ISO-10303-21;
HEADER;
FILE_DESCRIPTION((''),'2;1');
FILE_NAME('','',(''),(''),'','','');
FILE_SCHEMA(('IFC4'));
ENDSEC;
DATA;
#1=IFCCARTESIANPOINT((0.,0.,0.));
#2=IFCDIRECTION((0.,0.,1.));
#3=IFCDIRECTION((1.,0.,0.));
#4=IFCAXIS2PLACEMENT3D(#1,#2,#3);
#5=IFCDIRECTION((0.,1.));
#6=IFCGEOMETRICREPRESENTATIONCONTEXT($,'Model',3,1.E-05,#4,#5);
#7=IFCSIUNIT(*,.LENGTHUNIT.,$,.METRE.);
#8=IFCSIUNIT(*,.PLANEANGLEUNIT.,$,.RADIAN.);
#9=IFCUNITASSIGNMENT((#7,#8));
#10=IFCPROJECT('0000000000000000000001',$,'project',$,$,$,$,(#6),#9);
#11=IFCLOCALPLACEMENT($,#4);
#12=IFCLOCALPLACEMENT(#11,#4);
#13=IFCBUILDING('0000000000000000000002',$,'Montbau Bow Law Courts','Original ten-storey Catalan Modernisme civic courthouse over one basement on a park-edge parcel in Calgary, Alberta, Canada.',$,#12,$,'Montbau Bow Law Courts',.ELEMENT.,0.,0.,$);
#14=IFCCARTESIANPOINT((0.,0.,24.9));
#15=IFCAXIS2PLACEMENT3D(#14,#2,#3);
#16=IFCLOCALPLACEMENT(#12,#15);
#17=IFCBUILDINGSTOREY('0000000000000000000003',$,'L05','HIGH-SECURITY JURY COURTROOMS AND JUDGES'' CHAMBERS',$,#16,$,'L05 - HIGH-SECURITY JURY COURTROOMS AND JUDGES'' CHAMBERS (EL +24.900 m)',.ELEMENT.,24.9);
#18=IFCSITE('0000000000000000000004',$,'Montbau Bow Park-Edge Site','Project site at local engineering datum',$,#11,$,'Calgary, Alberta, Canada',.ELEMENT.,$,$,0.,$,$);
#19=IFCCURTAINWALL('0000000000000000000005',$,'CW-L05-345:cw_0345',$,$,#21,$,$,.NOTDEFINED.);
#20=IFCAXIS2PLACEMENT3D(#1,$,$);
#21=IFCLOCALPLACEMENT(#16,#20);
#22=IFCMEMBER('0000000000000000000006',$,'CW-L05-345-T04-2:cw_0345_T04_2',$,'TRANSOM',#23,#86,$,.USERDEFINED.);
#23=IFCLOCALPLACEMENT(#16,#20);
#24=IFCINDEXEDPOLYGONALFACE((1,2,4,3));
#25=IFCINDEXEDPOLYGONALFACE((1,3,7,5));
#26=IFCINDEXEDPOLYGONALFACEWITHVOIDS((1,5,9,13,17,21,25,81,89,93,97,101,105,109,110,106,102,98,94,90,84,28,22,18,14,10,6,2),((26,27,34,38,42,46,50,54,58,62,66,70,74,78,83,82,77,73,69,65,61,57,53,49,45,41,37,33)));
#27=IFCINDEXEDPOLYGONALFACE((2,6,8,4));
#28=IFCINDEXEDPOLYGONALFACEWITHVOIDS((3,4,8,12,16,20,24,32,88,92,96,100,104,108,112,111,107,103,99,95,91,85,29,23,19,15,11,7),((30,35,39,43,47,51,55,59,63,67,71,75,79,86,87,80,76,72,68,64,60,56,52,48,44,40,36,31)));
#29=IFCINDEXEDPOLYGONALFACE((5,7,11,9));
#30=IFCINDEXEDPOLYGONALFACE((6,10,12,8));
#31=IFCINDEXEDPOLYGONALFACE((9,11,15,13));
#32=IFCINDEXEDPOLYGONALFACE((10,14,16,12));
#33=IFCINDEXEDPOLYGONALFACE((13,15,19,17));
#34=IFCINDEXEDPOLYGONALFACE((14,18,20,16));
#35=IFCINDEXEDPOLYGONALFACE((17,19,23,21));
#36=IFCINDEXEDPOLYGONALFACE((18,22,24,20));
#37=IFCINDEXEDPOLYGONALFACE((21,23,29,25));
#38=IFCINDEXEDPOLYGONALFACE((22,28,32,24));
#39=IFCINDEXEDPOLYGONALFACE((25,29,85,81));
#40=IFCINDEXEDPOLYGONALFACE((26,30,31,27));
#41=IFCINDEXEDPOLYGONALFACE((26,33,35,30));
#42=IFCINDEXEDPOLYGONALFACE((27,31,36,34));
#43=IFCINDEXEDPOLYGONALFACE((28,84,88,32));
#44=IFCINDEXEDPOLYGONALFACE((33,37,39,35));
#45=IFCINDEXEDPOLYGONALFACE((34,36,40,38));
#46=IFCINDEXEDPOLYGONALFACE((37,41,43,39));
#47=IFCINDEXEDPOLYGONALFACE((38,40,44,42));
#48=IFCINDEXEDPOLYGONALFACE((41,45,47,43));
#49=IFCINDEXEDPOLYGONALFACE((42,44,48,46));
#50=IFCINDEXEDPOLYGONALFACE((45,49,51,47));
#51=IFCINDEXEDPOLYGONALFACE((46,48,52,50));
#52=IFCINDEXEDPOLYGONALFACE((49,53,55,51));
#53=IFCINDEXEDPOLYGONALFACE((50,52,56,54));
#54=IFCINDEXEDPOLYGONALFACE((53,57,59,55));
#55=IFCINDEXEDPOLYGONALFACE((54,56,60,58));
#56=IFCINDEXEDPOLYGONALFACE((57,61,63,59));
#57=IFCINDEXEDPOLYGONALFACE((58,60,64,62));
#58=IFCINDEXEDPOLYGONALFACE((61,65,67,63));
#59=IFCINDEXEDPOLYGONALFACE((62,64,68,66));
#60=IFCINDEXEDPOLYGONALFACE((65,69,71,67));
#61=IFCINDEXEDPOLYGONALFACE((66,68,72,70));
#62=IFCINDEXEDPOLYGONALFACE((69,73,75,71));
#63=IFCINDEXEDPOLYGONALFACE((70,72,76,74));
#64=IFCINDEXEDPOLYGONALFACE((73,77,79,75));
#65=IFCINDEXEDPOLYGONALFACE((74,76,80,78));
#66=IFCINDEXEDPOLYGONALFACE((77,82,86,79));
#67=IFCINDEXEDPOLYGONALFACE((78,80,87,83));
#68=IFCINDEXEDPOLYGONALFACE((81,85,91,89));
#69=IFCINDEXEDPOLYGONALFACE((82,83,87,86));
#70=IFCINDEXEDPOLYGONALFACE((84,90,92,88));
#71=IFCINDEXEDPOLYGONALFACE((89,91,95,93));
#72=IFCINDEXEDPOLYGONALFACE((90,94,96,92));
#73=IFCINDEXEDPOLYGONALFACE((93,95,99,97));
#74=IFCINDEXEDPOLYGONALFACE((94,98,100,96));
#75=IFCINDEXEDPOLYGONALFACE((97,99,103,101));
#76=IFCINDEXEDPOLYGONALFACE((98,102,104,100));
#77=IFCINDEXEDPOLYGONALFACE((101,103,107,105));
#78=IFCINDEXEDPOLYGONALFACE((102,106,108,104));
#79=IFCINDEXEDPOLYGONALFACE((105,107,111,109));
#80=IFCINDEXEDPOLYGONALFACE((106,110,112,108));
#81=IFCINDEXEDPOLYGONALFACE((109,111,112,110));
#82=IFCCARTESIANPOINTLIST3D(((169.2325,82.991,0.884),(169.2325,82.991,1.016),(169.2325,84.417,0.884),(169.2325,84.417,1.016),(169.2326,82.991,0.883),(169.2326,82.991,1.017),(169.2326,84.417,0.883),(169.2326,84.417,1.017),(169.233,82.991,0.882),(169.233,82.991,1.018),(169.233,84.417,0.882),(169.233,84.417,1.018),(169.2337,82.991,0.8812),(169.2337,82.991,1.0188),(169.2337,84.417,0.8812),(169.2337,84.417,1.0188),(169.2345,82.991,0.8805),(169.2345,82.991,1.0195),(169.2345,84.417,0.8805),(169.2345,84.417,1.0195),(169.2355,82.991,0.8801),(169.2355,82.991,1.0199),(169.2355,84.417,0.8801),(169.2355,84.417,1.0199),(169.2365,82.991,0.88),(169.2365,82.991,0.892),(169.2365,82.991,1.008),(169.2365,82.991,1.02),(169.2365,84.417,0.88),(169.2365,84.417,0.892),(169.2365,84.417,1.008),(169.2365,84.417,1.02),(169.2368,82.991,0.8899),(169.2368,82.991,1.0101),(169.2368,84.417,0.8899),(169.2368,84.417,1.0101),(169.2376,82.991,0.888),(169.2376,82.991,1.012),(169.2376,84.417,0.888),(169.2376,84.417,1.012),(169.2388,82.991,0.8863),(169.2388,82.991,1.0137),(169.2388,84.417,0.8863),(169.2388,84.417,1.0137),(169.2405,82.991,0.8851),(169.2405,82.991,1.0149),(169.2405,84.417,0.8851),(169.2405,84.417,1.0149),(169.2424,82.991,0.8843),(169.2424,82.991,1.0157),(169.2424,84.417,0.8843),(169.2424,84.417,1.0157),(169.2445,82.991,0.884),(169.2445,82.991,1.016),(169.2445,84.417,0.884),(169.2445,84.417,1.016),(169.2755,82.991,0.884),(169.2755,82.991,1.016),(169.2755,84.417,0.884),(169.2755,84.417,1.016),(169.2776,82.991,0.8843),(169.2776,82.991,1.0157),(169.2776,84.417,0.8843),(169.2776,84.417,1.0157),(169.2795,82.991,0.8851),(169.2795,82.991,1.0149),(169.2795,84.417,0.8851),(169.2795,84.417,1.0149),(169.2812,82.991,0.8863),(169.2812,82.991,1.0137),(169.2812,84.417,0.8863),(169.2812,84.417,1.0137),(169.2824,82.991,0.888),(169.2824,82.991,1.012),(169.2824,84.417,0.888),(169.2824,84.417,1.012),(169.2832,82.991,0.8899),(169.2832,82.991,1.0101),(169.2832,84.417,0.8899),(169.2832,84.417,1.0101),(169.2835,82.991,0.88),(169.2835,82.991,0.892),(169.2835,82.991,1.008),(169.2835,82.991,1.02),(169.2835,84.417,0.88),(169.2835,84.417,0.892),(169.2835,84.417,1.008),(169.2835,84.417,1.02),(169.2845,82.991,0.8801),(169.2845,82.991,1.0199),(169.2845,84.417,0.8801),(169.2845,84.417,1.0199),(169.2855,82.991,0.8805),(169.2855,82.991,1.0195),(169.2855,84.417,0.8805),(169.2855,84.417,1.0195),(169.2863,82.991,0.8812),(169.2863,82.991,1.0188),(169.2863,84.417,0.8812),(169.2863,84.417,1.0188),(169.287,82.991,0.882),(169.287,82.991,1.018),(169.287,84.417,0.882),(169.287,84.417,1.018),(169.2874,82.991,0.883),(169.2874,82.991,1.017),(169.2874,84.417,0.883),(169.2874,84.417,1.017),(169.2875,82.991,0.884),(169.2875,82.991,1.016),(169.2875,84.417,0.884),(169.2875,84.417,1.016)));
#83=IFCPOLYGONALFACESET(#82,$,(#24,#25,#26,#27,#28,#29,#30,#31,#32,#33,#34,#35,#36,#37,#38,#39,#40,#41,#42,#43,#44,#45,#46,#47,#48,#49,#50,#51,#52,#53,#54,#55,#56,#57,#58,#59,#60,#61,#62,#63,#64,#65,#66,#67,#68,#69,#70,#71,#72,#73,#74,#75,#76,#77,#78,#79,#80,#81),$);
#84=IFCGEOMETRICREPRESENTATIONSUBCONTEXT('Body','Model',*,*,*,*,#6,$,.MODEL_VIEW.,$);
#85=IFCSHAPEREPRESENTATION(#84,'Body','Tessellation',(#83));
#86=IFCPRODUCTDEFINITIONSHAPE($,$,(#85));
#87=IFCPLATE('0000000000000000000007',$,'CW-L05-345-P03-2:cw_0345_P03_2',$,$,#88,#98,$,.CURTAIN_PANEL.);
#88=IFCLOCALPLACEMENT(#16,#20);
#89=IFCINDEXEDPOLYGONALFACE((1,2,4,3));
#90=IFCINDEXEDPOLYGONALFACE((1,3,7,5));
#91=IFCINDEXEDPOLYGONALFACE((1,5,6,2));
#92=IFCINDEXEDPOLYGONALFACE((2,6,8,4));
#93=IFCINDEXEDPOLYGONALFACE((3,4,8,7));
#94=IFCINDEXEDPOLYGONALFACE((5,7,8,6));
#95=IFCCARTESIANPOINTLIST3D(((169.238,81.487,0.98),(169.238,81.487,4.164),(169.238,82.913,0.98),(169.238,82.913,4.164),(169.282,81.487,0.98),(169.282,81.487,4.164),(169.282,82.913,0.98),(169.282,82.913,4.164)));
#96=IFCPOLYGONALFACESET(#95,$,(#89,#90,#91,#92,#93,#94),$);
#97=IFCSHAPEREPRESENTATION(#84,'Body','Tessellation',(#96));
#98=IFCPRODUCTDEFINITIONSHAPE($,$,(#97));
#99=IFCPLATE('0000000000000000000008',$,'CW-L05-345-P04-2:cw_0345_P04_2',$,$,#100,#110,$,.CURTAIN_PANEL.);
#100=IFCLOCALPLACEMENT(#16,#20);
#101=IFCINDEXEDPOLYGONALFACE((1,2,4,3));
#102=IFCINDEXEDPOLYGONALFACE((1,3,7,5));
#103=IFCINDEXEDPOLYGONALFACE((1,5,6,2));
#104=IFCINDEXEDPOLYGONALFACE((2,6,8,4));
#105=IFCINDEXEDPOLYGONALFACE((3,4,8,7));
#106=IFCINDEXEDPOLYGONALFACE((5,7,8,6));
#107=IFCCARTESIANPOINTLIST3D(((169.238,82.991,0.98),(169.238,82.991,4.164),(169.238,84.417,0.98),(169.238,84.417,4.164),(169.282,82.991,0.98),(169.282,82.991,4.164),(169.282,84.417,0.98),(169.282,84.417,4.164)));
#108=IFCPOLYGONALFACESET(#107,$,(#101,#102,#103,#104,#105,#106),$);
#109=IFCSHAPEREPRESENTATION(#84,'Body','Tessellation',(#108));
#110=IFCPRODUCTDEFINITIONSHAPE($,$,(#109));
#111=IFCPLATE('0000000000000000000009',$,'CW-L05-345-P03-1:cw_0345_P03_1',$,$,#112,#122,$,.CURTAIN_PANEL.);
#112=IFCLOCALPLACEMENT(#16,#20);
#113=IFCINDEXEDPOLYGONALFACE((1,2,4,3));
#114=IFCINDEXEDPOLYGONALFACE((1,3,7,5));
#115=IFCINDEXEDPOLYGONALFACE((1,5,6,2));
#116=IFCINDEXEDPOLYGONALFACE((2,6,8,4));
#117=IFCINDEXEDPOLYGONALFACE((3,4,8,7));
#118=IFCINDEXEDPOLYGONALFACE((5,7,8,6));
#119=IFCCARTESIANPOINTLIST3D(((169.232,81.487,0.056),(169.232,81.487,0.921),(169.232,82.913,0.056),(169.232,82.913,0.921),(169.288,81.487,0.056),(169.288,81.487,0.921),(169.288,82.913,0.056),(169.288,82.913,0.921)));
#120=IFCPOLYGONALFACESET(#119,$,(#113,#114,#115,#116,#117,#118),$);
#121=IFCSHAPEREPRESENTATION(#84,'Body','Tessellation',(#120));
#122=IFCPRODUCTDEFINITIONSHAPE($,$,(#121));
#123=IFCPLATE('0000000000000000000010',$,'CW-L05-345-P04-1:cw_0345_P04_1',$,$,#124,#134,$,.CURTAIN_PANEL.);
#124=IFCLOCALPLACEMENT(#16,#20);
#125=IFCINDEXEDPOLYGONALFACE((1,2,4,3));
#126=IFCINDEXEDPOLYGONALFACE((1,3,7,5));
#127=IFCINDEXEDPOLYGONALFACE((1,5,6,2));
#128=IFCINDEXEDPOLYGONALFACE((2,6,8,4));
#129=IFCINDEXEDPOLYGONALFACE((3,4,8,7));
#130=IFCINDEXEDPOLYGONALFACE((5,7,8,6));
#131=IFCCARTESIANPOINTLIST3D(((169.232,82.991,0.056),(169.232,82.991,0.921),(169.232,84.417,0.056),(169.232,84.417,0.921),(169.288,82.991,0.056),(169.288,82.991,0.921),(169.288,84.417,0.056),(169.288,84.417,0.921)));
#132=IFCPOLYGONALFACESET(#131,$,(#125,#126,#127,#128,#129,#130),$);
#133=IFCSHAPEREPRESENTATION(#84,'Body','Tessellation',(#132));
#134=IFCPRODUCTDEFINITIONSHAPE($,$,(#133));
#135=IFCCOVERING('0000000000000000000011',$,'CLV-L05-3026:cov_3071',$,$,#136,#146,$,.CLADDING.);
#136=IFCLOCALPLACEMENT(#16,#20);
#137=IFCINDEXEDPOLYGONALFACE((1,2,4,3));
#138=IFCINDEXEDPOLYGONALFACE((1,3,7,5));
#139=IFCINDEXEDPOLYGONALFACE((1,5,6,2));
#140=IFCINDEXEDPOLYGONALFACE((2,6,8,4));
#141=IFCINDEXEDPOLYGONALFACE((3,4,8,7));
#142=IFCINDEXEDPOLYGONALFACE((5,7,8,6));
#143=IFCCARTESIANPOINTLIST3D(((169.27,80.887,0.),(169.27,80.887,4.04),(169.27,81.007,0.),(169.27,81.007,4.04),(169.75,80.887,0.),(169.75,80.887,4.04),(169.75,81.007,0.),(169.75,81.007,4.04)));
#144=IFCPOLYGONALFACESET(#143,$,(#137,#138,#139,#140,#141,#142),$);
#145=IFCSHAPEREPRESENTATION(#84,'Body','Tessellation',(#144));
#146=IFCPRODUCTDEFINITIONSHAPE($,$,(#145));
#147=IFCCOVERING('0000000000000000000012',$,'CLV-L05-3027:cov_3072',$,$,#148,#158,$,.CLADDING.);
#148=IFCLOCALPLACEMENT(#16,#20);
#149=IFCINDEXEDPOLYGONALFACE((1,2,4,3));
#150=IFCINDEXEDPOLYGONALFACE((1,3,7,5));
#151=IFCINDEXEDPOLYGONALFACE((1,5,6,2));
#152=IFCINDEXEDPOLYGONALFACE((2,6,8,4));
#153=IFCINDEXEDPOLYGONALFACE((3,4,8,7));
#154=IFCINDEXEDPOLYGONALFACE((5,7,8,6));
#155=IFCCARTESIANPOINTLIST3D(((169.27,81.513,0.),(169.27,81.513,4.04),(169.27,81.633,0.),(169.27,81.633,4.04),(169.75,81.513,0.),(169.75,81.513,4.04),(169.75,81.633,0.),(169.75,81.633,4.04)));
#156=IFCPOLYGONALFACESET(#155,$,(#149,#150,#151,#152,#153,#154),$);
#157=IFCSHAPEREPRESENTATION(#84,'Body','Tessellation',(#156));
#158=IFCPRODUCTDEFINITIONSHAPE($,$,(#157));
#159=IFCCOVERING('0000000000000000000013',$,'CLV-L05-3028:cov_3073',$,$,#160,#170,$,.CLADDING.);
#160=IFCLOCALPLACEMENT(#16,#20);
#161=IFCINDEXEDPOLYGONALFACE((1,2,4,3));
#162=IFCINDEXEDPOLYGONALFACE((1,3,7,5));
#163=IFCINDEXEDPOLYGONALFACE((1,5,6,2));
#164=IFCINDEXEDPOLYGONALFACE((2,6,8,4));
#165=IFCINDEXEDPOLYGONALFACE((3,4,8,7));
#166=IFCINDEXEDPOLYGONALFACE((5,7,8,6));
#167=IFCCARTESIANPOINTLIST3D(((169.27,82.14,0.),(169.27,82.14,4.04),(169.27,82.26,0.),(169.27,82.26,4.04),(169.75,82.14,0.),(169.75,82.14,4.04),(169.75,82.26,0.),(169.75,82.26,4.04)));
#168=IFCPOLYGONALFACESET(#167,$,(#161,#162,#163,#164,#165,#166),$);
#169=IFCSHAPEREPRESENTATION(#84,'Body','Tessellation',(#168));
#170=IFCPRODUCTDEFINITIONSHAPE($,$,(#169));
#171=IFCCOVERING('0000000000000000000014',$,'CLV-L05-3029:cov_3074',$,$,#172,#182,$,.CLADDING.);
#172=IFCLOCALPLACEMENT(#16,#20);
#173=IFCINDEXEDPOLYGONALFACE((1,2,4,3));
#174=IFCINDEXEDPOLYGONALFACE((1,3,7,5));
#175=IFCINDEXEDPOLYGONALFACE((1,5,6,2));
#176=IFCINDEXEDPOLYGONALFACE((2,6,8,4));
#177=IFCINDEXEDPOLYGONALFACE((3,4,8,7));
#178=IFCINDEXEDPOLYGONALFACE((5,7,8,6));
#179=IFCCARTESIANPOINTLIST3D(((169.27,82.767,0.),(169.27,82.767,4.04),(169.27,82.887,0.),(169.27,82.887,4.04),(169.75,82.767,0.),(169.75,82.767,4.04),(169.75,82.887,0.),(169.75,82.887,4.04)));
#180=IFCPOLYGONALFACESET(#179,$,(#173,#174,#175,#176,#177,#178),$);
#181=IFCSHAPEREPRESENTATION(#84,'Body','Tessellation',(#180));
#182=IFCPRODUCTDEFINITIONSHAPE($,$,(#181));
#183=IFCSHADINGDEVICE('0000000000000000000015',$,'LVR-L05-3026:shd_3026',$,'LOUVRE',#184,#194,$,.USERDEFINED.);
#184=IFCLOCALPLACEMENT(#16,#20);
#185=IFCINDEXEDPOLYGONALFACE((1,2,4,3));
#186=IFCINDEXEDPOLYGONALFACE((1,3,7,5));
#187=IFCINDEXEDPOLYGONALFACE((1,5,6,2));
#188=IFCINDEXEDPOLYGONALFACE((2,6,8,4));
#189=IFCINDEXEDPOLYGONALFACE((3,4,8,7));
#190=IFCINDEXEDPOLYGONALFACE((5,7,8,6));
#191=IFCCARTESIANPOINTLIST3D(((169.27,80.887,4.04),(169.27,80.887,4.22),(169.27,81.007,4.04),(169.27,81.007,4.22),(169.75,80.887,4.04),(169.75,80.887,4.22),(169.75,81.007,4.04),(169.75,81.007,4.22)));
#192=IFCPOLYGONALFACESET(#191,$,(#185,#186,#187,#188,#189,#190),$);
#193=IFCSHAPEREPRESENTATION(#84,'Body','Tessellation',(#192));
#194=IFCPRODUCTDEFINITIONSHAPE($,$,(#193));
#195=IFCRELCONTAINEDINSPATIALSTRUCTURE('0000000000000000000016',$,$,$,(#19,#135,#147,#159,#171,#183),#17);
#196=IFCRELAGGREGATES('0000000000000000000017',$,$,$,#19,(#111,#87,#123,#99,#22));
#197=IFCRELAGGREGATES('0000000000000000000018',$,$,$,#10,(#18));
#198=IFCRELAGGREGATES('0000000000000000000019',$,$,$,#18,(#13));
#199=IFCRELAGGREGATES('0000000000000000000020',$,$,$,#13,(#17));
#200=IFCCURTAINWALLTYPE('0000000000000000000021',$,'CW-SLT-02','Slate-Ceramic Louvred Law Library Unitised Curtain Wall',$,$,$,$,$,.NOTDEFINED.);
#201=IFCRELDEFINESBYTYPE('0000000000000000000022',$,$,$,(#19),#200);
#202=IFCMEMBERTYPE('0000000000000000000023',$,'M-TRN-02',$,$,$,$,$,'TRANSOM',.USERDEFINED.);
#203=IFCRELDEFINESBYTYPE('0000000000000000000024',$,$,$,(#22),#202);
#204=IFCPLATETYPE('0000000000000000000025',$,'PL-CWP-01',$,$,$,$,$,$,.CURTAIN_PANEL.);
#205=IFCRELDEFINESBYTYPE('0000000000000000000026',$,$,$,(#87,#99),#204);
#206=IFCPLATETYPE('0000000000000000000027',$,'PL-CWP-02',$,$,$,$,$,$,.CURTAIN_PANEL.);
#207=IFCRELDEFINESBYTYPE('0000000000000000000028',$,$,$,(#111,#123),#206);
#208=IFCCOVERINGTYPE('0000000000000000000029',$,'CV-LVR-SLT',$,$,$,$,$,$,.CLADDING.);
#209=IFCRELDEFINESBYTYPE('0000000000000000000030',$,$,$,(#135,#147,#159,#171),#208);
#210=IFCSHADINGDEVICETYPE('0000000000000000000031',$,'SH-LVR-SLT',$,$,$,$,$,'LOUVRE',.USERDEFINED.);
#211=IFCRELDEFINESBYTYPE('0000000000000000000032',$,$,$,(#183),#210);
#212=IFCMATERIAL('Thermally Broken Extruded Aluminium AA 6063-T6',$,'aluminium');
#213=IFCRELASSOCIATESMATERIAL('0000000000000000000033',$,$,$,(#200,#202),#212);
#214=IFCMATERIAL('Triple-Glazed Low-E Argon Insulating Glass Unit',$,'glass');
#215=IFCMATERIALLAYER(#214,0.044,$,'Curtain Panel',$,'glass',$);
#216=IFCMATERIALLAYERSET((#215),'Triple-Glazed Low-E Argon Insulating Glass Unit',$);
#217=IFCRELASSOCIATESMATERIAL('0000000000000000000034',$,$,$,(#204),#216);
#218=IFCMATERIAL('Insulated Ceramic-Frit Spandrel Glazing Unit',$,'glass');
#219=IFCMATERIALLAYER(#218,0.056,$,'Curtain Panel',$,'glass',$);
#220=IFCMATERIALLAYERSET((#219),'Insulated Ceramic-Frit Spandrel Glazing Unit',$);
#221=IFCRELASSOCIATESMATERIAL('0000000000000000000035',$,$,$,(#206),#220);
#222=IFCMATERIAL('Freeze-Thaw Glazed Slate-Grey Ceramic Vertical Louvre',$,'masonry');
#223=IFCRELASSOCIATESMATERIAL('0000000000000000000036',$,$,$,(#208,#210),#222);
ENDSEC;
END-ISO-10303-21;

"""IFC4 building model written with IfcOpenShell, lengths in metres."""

from ifc_helpers import new_model, si_unit, direction, frame, frame_2d, origin_with_axes, origin_2d_with_axis, place, context, subcontext, project, spatial, rectangle, hollow_rectangle, extrude, material, layer, layer_set, material_profile, profile_set, type_object, element, aggregate, save


model = new_model("IFC4")

# Units and contexts
model_context = context("Model", 3, precision=1e-05, world=origin_with_axes(), true_north=direction((0.0, 1.0)))
body_context = subcontext(model_context, "Body", "Model", "MODEL_VIEW")
ifc_project = project(units=[si_unit("LENGTHUNIT", "METRE"), si_unit("PLANEANGLEUNIT", "RADIAN")], contexts=[model_context])

# Site, building, storey
site_placement = place(None, origin_with_axes())
site = spatial("IfcSite", under=ifc_project, at=site_placement, Name="Montbau Bow Park-Edge Site", Description="Project site at local engineering datum", LongName="Calgary, Alberta, Canada", CompositionType="ELEMENT", RefElevation=0.0)
building_placement = place(site_placement, origin_with_axes())
building = spatial("IfcBuilding", under=site, at=building_placement, Name="Montbau Bow Law Courts", Description="Original ten-storey Catalan Modernisme civic courthouse over one basement on a park-edge parcel in Calgary, Alberta, Canada.", LongName="Montbau Bow Law Courts", CompositionType="ELEMENT", ElevationOfRefHeight=0.0, ElevationOfTerrain=0.0)
storey_placement = place(building_placement, frame((0.0, 0.0, 24.9), z_axis=(0.0, 0.0, 1.0), x_axis=(1.0, 0.0, 0.0)))
storey = spatial("IfcBuildingStorey", under=building, at=storey_placement, Name="L05", Description="HIGH-SECURITY JURY COURTROOMS AND JUDGES' CHAMBERS", LongName="L05 - HIGH-SECURITY JURY COURTROOMS AND JUDGES' CHAMBERS (EL +24.900 m)", CompositionType="ELEMENT", Elevation=24.9)

# Curtain wall, member, plates
ifc_material_1 = material(Name="Thermally Broken Extruded Aluminium AA 6063-T6", Category="aluminium")
curtain_wall_type = type_object("IfcCurtainWallType", Name="CW-SLT-02", Description="Slate-Ceramic Louvred Law Library Unitised Curtain Wall", PredefinedType="NOTDEFINED", material=ifc_material_1)
curtain_wall_placement = place(None, frame((169.26, 78.44, 24.9), z_axis=(0.0, 0.0, 1.0), x_axis=(1.0, 0.0, 0.0)))
curtain_wall = element("IfcCurtainWall", 1, at=curtain_wall_placement, inside=storey, type_object=curtain_wall_type, Name="CW-L05-345:cw_0345", PredefinedType="NOTDEFINED")
ifc_material_profile_1 = material_profile(ifc_material_1, hollow_rectangle(XDim=0.055, YDim=0.14, WallThickness=0.004, InnerFilletRadius=0.008, OuterFilletRadius=0.004, at=origin_2d_with_axis()), Name="CWT-140X55", Category="Main", Priority=0)
ifc_profile_set_1 = profile_set([ifc_material_profile_1], Name="Thermally Broken Extruded Aluminium AA 6063-T6")
member_type_1 = type_object("IfcMemberType", Name="M-TRN-02", ElementType="TRANSOM", PredefinedType="USERDEFINED", material=ifc_profile_set_1)
member_1_placement = place(None, frame((169.26, 82.991, 25.85), z_axis=(0.0, 1.0, 0.0), x_axis=(-1.0, 0.0, 0.0)))
member_1 = element("IfcMember", 2, at=member_1_placement, type_object=member_type_1, Name="CW-L05-345-T04-2:cw_0345_T04_2", ObjectType="TRANSOM", PredefinedType="USERDEFINED", context=body_context, shape_type="SweptSolid", body=[
    extrude(hollow_rectangle(XDim=0.055, YDim=0.14, WallThickness=0.004, InnerFilletRadius=0.008, OuterFilletRadius=0.004, at=origin_2d_with_axis()), origin_with_axes(), (0.0, 0.0, 1.0), 1.426),
])
ifc_material_2 = material(Name="Triple-Glazed Low-E Argon Insulating Glass Unit", Category="glass")
ifc_layer_1 = layer(ifc_material_2, 0.044, Name="Curtain Panel", Category="glass")
ifc_layer_set_1 = layer_set([ifc_layer_1], Name="Triple-Glazed Low-E Argon Insulating Glass Unit")
plate_type_1 = type_object("IfcPlateType", Name="PL-CWP-01", PredefinedType="CURTAIN_PANEL", material=ifc_layer_set_1)
plate_1_placement = place(None, frame((169.26, 81.487, 25.88), z_axis=(1.0, 0.0, 0.0), x_axis=(0.0, 1.0, 0.0)))
plate_1 = element("IfcPlate", 3, at=plate_1_placement, type_object=plate_type_1, Name="CW-L05-345-P03-2:cw_0345_P03_2", PredefinedType="CURTAIN_PANEL", context=body_context, shape_type="SweptSolid", body=[
    extrude(rectangle(XDim=1.426, YDim=3.184, at=frame_2d((0.713, 1.592), x_axis=(1.0, 0.0))), frame((0.0, 0.0, -0.022), z_axis=(0.0, 0.0, 1.0), x_axis=(1.0, 0.0, 0.0)), (0.0, 0.0, 1.0), 0.044),
])
plate_2_placement = place(None, frame((169.26, 82.991, 25.88), z_axis=(1.0, 0.0, 0.0), x_axis=(0.0, 1.0, 0.0)))
plate_2 = element("IfcPlate", 4, at=plate_2_placement, type_object=plate_type_1, Name="CW-L05-345-P04-2:cw_0345_P04_2", PredefinedType="CURTAIN_PANEL", context=body_context, shape_type="SweptSolid", body=[
    extrude(rectangle(XDim=1.426, YDim=3.184, at=frame_2d((0.713, 1.592), x_axis=(1.0, 0.0))), frame((0.0, 0.0, -0.022), z_axis=(0.0, 0.0, 1.0), x_axis=(1.0, 0.0, 0.0)), (0.0, 0.0, 1.0), 0.044),
])
ifc_material_3 = material(Name="Insulated Ceramic-Frit Spandrel Glazing Unit", Category="glass")
ifc_layer_2 = layer(ifc_material_3, 0.056, Name="Curtain Panel", Category="glass")
ifc_layer_set_2 = layer_set([ifc_layer_2], Name="Insulated Ceramic-Frit Spandrel Glazing Unit")
plate_type_2 = type_object("IfcPlateType", Name="PL-CWP-02", PredefinedType="CURTAIN_PANEL", material=ifc_layer_set_2)
plate_3_placement = place(None, frame((169.26, 81.487, 24.956), z_axis=(1.0, 0.0, 0.0), x_axis=(0.0, 1.0, 0.0)))
plate_3 = element("IfcPlate", 5, at=plate_3_placement, type_object=plate_type_2, Name="CW-L05-345-P03-1:cw_0345_P03_1", PredefinedType="CURTAIN_PANEL", context=body_context, shape_type="SweptSolid", body=[
    extrude(rectangle(XDim=1.426, YDim=0.865, at=frame_2d((0.713, 0.4325), x_axis=(1.0, 0.0))), frame((0.0, 0.0, -0.028), z_axis=(0.0, 0.0, 1.0), x_axis=(1.0, 0.0, 0.0)), (0.0, 0.0, 1.0), 0.056),
])
plate_4_placement = place(None, frame((169.26, 82.991, 24.956), z_axis=(1.0, 0.0, 0.0), x_axis=(0.0, 1.0, 0.0)))
plate_4 = element("IfcPlate", 6, at=plate_4_placement, type_object=plate_type_2, Name="CW-L05-345-P04-1:cw_0345_P04_1", PredefinedType="CURTAIN_PANEL", context=body_context, shape_type="SweptSolid", body=[
    extrude(rectangle(XDim=1.426, YDim=0.865, at=frame_2d((0.713, 0.4325), x_axis=(1.0, 0.0))), frame((0.0, 0.0, -0.028), z_axis=(0.0, 0.0, 1.0), x_axis=(1.0, 0.0, 0.0)), (0.0, 0.0, 1.0), 0.056),
])
aggregate(curtain_wall, [plate_3, plate_1, plate_4, plate_2, member_1])

# Coverings
ifc_material_4 = material(Name="Freeze-Thaw Glazed Slate-Grey Ceramic Vertical Louvre", Category="masonry")
covering_type = type_object("IfcCoveringType", Name="CV-LVR-SLT", PredefinedType="CLADDING", material=ifc_material_4)
for number, where, z_axis, x_axis, name in (
    (7, (169.27, 80.947, 24.9), (0.0, -1.0, 0.0), (1.0, 0.0, 0.0), "CLV-L05-3026:cov_3071"),
    (8, (169.27, 81.573, 24.9), (0.0, -1.0, 0.0), (1.0, 0.0, 0.0), "CLV-L05-3027:cov_3072"),
    (9, (169.27, 82.2, 24.9), (0.0, -1.0, 0.0), (1.0, 0.0, 0.0), "CLV-L05-3028:cov_3073"),
    (10, (169.27, 82.827, 24.9), (0.0, -1.0, 0.0), (1.0, 0.0, 0.0), "CLV-L05-3029:cov_3074"),
):
    element("IfcCovering", number, at=place(None, frame(where, z_axis=z_axis, x_axis=x_axis)), inside=storey, type_object=covering_type, Name=name, PredefinedType="CLADDING", context=body_context, shape_type="SweptSolid", body=[
        extrude(rectangle(XDim=0.48, YDim=4.04, at=frame_2d((0.24, 2.02), x_axis=(1.0, 0.0))), frame((0.0, 0.0, -0.06), z_axis=(0.0, 0.0, 1.0), x_axis=(1.0, 0.0, 0.0)), (0.0, 0.0, 1.0), 0.12),
    ])

# Shading device
shading_device_type = type_object("IfcShadingDeviceType", Name="SH-LVR-SLT", ElementType="LOUVRE", PredefinedType="USERDEFINED", material=ifc_material_4)
for number, where, z_axis, x_axis, name in (
    (11, (169.51, 80.947, 28.94), (0.0, 0.0, 1.0), (1.0, 0.0, 0.0), "LVR-L05-3026:shd_3026"),
):
    element("IfcShadingDevice", number, at=place(None, frame(where, z_axis=z_axis, x_axis=x_axis)), inside=storey, type_object=shading_device_type, Name=name, ObjectType="LOUVRE", PredefinedType="USERDEFINED", context=body_context, shape_type="SweptSolid", body=[
        extrude(rectangle(XDim=0.48, YDim=0.12, at=origin_2d_with_axis()), origin_with_axes(), (0.0, 0.0, 1.0), 0.18),
    ])

save(model, "model.ifc")
